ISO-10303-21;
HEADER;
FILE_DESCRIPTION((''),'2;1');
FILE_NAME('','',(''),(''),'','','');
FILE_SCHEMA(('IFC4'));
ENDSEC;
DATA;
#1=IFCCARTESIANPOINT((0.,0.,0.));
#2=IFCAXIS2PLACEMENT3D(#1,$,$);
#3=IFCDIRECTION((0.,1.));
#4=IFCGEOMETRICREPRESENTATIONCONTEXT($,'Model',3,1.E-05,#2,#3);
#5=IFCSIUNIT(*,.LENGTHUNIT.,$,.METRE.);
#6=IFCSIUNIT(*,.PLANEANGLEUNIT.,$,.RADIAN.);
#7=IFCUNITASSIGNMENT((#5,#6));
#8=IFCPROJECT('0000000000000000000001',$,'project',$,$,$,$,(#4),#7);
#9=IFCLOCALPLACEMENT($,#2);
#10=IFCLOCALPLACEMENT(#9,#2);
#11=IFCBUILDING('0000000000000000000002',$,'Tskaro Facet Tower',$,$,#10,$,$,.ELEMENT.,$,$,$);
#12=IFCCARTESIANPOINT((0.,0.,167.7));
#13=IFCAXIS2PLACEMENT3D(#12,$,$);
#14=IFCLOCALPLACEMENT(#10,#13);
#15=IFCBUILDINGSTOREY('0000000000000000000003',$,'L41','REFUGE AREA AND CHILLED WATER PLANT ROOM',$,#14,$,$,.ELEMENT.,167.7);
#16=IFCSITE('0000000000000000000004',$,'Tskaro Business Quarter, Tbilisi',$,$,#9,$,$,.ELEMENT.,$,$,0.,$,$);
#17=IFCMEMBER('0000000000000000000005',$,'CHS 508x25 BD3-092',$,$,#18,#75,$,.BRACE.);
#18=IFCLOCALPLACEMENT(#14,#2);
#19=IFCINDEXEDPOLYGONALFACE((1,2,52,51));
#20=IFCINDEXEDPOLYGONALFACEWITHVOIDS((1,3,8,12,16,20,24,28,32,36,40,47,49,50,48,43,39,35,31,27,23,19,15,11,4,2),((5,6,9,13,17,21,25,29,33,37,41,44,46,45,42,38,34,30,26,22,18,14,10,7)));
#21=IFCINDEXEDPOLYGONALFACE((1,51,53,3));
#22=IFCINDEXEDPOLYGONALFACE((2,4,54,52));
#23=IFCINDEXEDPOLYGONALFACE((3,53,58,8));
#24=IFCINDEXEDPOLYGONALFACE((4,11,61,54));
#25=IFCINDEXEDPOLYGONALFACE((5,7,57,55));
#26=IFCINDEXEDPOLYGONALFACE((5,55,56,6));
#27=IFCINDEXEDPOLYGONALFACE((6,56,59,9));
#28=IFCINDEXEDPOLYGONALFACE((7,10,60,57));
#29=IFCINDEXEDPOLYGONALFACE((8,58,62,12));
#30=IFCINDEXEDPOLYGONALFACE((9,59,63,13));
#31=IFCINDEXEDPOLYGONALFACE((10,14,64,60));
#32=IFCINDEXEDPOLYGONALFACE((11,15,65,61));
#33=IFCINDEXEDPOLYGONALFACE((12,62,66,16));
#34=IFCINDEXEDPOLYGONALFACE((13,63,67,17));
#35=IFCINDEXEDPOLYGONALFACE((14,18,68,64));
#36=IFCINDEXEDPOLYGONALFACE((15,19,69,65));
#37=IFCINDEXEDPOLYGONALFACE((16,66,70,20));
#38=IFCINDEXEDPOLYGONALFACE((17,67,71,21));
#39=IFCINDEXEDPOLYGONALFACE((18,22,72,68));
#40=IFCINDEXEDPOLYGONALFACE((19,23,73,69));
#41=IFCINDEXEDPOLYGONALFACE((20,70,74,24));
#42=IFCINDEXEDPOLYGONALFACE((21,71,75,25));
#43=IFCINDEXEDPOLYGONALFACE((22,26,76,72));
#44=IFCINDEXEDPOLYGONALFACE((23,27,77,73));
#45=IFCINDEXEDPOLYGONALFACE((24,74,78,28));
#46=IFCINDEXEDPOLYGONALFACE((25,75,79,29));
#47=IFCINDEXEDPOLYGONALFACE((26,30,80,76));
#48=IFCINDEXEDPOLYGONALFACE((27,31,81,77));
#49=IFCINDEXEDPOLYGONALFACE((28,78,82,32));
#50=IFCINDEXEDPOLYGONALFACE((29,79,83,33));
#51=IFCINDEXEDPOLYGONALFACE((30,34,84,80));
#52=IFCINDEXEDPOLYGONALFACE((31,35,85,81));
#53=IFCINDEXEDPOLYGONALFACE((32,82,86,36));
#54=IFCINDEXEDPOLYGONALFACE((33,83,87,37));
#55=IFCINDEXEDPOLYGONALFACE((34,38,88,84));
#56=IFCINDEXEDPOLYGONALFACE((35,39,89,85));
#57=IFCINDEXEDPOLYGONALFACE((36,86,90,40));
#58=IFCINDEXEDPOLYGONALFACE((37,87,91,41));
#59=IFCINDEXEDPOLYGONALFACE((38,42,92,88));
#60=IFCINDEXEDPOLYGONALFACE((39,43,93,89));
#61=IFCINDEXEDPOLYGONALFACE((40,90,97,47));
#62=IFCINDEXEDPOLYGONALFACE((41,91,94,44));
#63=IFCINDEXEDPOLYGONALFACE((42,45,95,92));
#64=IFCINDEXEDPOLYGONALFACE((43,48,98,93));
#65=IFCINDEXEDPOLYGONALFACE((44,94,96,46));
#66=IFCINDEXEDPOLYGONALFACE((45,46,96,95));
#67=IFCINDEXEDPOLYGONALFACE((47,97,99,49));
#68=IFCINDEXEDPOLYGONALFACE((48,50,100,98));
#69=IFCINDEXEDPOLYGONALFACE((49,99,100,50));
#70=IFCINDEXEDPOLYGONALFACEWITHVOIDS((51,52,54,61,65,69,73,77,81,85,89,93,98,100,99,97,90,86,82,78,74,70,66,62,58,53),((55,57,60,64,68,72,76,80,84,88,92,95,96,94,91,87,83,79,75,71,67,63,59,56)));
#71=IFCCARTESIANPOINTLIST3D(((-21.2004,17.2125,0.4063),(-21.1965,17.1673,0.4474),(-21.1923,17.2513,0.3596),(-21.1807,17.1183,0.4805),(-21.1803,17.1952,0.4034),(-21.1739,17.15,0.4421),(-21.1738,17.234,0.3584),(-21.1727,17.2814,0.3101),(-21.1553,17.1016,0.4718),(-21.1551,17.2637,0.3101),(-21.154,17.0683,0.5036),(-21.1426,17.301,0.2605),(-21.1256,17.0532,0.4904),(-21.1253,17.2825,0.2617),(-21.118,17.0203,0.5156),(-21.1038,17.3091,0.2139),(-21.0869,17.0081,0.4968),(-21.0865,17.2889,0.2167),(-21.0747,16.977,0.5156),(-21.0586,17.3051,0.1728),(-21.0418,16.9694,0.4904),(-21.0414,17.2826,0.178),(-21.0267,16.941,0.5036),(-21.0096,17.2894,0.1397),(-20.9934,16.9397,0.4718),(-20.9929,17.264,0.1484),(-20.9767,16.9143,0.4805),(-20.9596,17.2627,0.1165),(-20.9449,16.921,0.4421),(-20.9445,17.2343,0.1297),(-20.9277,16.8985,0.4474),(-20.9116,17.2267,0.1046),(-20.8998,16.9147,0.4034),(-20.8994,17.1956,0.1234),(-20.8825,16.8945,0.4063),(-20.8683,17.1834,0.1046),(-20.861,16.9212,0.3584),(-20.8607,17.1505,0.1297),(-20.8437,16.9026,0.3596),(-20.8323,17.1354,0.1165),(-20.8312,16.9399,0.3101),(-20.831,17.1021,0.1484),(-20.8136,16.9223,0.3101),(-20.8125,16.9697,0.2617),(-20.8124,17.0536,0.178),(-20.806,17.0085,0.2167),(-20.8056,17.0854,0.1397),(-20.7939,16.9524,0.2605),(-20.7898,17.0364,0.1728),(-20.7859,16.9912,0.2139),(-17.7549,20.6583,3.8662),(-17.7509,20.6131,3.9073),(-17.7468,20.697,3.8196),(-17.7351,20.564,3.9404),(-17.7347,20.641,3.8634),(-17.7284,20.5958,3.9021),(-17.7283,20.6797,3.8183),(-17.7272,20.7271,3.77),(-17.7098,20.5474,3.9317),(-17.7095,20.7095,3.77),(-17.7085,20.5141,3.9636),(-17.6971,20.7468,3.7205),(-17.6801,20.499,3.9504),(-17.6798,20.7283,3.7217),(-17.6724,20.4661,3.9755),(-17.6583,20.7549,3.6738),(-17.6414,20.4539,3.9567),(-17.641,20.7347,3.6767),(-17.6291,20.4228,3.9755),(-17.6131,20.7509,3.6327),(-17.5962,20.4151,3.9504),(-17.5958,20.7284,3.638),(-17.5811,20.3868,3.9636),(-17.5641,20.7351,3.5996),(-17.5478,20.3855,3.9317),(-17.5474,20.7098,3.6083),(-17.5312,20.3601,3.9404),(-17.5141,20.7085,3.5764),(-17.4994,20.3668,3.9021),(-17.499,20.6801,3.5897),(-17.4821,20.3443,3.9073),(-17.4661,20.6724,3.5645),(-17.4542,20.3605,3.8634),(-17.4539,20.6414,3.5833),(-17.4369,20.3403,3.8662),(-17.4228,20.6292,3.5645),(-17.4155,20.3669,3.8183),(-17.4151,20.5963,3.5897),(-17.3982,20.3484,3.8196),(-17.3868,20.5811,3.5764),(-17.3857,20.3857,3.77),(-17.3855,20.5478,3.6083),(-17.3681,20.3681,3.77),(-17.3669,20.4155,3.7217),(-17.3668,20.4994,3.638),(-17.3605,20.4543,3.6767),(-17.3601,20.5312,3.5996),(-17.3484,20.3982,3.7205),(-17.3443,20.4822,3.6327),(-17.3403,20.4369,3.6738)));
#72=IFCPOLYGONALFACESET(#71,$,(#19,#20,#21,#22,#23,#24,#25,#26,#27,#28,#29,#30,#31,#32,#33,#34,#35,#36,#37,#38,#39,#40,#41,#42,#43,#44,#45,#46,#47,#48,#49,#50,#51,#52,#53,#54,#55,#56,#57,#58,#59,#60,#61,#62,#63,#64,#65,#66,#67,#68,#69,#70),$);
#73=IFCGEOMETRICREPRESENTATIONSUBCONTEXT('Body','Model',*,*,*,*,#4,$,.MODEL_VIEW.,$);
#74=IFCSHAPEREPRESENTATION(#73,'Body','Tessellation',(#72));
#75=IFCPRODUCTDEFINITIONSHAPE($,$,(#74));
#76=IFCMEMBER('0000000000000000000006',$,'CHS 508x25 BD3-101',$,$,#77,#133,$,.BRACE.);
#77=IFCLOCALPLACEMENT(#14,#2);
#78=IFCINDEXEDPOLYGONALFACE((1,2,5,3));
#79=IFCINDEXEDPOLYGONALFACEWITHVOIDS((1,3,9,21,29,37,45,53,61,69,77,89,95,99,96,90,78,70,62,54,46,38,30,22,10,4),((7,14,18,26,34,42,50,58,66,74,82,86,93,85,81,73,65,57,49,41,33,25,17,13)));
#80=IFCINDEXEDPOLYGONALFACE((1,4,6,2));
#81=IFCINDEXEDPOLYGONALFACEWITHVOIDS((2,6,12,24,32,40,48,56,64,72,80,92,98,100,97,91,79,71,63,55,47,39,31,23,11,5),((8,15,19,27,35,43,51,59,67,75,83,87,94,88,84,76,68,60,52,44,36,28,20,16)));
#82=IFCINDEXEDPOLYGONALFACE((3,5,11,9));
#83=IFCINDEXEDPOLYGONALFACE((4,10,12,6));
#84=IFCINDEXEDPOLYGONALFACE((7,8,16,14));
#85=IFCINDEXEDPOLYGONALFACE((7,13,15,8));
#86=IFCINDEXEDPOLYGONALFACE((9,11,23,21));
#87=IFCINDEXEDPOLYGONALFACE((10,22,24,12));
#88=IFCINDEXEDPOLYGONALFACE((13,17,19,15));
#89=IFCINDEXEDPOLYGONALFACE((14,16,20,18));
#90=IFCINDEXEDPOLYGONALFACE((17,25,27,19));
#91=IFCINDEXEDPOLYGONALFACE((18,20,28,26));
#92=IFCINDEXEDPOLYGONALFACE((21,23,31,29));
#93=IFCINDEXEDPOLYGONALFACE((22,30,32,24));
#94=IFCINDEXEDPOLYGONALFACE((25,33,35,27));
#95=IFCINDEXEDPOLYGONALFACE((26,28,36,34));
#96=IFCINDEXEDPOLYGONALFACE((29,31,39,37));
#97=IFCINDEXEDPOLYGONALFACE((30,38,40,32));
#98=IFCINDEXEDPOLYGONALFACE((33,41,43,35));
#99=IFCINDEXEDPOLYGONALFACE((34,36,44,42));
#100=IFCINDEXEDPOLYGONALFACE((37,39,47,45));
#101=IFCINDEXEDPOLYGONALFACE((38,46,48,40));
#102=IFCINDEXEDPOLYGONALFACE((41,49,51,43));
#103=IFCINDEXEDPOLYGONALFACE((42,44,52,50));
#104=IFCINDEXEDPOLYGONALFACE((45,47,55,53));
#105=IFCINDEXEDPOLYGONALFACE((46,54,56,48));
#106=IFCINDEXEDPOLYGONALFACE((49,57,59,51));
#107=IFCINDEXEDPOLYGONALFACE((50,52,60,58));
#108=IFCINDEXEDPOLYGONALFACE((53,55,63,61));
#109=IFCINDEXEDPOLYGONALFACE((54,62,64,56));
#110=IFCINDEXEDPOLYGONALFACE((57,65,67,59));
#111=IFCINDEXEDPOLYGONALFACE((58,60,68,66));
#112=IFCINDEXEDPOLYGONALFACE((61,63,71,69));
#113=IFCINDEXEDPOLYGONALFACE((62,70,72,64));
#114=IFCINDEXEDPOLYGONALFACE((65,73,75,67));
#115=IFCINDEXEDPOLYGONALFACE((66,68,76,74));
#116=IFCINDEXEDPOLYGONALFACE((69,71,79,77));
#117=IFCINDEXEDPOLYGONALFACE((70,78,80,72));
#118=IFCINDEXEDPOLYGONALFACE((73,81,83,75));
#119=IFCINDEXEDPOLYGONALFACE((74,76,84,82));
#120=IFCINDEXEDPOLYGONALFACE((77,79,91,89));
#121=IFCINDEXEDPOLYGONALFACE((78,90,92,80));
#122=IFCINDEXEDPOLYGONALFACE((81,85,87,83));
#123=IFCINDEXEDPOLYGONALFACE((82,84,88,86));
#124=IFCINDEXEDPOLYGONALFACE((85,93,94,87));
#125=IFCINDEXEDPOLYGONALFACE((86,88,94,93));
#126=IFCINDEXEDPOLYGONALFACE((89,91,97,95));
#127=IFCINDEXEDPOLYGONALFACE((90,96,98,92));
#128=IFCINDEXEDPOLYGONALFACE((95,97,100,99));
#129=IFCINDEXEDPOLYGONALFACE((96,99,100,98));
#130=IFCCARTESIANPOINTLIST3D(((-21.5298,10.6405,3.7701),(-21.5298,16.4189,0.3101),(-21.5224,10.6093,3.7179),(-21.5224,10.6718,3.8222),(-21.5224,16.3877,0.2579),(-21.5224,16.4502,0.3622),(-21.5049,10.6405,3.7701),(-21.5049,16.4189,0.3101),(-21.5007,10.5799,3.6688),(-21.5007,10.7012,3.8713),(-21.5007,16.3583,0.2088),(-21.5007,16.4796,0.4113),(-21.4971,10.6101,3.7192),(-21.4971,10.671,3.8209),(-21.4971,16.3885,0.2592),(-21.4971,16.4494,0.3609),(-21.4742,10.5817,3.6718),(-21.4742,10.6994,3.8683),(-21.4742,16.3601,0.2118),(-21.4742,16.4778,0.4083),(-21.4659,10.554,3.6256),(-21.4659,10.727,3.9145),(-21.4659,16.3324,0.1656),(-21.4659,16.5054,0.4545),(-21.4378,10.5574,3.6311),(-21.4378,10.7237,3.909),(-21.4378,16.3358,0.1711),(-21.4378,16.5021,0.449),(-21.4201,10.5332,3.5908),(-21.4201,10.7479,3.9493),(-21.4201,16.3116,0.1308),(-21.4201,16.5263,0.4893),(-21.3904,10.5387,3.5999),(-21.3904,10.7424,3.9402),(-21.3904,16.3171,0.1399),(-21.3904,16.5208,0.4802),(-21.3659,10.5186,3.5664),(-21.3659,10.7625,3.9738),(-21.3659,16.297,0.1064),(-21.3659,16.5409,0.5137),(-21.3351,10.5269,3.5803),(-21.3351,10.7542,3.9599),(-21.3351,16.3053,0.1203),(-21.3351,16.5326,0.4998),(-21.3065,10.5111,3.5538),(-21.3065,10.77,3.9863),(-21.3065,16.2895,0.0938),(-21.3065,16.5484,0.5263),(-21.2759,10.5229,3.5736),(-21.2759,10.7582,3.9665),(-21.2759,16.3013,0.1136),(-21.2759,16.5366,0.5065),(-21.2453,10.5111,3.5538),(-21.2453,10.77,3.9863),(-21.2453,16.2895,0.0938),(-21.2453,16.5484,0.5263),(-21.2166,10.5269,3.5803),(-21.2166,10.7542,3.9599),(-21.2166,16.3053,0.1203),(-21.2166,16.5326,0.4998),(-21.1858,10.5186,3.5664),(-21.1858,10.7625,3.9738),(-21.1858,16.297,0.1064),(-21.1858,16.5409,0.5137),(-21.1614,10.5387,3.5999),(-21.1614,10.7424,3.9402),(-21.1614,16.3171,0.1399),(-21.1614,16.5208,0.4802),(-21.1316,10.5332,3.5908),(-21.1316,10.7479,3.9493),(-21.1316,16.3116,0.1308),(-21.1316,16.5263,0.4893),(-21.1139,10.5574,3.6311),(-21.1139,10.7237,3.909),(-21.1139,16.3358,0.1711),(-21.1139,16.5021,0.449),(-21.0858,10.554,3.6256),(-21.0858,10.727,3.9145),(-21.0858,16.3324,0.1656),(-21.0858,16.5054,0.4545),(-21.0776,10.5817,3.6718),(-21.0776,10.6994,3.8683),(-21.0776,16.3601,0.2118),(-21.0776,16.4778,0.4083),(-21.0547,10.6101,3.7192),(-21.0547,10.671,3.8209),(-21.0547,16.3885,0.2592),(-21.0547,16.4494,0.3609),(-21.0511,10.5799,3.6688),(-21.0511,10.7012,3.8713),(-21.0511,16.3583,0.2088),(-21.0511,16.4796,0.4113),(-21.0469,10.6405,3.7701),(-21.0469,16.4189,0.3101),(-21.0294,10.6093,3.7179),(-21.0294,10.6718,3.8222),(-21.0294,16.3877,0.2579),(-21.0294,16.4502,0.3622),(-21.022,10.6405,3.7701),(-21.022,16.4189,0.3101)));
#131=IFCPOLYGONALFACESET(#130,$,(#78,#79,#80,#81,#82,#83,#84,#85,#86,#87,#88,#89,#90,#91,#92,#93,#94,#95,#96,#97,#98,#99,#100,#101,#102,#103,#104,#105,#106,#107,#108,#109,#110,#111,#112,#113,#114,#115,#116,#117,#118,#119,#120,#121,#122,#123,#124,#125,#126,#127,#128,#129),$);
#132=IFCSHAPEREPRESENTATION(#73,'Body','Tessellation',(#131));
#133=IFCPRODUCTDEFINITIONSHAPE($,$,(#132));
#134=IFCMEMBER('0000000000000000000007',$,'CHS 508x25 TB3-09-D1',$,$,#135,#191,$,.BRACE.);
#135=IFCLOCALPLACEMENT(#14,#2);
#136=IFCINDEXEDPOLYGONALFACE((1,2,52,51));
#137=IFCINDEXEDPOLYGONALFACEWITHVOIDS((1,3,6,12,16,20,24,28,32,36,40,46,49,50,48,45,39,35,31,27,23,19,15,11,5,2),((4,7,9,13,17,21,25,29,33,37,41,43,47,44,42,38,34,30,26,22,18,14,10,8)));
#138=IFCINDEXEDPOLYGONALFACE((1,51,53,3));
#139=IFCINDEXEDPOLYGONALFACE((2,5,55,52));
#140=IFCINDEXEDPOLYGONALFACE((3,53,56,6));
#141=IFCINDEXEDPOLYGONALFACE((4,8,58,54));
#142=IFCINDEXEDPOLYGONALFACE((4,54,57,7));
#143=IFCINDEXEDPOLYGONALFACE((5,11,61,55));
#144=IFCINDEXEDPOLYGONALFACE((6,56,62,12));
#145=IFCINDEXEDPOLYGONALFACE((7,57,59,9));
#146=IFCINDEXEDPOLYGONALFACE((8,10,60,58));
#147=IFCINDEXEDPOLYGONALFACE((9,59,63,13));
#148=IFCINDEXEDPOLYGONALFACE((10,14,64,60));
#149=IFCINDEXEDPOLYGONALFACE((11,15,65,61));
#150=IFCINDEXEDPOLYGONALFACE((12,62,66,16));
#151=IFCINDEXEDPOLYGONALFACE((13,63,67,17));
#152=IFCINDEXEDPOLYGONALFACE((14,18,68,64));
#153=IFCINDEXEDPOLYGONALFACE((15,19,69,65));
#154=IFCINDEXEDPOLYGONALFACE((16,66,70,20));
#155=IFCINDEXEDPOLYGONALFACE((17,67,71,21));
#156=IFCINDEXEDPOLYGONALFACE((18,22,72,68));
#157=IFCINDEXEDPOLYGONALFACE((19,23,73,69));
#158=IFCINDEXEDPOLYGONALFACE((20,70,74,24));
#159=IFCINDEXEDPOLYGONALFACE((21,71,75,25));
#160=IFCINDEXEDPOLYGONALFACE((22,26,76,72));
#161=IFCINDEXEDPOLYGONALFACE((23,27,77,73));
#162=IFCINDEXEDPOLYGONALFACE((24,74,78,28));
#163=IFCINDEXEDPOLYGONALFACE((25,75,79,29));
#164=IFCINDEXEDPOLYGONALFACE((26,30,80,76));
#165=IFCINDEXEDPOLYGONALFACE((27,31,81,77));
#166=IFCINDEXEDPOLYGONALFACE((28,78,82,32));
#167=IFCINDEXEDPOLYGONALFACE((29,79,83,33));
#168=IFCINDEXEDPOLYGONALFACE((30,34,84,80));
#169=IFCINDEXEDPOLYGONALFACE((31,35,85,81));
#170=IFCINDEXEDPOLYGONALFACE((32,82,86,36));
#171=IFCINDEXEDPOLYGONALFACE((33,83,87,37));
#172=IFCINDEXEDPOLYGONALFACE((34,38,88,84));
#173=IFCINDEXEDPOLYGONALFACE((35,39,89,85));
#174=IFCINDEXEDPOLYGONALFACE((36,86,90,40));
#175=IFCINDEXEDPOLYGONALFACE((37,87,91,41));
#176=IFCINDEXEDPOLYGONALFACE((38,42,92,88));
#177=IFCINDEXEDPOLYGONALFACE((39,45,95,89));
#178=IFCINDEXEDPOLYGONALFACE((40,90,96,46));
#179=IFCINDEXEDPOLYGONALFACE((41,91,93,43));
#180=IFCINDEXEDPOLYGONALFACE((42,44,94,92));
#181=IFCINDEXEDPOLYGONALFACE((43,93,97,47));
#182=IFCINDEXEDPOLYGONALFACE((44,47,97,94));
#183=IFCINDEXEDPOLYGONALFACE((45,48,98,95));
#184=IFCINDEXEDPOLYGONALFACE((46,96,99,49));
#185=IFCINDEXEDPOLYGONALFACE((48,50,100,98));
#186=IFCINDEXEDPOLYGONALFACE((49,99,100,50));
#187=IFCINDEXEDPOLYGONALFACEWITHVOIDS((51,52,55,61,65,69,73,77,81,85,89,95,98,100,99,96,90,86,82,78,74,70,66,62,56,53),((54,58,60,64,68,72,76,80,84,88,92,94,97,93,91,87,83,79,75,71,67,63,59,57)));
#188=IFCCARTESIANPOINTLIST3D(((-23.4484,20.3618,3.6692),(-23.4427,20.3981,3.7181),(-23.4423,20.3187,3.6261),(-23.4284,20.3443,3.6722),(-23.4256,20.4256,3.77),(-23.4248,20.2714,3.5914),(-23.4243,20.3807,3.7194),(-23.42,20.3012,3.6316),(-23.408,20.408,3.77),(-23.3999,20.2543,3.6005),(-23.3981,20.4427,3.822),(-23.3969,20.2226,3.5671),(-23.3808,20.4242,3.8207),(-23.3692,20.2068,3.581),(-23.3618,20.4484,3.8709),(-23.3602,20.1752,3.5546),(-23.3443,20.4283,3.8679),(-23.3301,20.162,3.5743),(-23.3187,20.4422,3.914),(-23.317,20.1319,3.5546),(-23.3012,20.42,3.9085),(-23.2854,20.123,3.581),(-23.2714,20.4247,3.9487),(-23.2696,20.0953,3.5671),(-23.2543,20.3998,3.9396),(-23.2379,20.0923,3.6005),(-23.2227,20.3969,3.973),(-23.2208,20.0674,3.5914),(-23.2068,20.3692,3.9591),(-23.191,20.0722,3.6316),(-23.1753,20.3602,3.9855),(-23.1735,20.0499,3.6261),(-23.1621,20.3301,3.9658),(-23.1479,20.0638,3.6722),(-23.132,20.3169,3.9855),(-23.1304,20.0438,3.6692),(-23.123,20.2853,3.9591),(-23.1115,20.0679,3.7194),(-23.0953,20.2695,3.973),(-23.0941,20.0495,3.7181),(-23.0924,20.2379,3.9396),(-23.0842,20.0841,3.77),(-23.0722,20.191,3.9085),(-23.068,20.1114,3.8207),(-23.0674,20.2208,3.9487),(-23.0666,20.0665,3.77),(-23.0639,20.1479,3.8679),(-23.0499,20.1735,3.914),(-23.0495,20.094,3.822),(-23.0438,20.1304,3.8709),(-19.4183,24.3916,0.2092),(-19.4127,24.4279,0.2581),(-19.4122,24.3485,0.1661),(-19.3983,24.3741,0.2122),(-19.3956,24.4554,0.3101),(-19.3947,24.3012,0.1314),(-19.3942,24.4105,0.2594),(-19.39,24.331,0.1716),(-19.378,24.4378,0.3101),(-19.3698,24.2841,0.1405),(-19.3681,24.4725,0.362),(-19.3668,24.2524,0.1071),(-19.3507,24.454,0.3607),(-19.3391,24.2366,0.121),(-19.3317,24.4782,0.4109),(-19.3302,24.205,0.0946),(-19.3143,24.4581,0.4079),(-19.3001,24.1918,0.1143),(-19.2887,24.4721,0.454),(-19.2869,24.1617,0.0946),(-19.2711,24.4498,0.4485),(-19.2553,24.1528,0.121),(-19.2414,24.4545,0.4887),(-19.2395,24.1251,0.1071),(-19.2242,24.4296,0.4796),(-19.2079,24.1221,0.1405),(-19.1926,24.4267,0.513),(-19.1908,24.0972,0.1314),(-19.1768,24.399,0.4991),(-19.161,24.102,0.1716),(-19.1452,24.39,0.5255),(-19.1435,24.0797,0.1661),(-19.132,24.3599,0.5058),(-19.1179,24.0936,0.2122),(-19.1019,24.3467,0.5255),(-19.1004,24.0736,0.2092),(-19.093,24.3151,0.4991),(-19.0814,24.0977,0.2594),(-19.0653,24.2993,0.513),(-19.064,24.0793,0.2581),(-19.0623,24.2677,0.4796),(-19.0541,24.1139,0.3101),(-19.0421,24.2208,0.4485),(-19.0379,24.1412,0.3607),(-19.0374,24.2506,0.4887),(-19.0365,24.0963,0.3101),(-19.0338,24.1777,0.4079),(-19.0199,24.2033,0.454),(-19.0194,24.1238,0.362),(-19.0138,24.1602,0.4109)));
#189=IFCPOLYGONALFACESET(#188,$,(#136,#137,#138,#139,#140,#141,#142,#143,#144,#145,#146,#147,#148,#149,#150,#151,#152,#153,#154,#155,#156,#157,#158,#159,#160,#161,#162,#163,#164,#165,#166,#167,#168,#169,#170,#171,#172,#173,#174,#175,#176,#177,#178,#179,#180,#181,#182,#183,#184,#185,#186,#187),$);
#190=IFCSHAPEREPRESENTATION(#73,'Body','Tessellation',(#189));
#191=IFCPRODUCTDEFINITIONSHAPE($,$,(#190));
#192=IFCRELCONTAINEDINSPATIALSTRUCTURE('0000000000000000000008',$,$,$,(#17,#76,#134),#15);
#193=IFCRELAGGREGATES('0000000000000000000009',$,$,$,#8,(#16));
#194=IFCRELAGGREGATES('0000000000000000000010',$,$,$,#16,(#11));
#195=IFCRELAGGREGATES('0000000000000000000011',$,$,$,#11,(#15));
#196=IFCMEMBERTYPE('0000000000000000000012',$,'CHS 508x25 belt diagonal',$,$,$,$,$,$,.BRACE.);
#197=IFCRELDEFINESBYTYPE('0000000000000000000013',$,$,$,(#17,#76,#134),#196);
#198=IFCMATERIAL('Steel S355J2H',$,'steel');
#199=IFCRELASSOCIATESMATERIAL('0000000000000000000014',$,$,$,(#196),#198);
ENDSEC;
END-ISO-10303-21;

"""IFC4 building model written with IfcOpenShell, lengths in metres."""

from ifc_helpers import new_model, si_unit, direction, frame, origin, origin_2d, place, context, subcontext, project, spatial, hollow_circle, extrude, material, material_profile, profile_set, type_object, element, save


model = new_model("IFC4")

# Units and contexts
model_context = context("Model", 3, precision=1e-05, world=origin(), true_north=direction((0.0, 1.0)))
body_context = subcontext(model_context, "Body", "Model", "MODEL_VIEW")
ifc_project = project(units=[si_unit("LENGTHUNIT", "METRE"), si_unit("PLANEANGLEUNIT", "RADIAN")], contexts=[model_context])

# Site, building, storey
site_placement = place(None, origin())
site = spatial("IfcSite", under=ifc_project, at=site_placement, Name="Tskaro Business Quarter, Tbilisi", CompositionType="ELEMENT", RefElevation=0.0)
building_placement = place(site_placement, origin())
building = spatial("IfcBuilding", under=site, at=building_placement, Name="Tskaro Facet Tower", CompositionType="ELEMENT")
storey_placement = place(building_placement, frame((0.0, 0.0, 167.7)))
storey = spatial("IfcBuildingStorey", under=building, at=storey_placement, Name="L41", Description="REFUGE AREA AND CHILLED WATER PLANT ROOM", CompositionType="ELEMENT", Elevation=167.7)

# Shared definitions
ifc_material_1 = material(Name="Steel S355J2H", Category="steel")

# Members
ifc_material_profile_1 = material_profile(ifc_material_1, hollow_circle(Radius=0.2539, WallThickness=0.0249, at=origin_2d()), Name="CHS 508x25")
ifc_profile_set_1 = profile_set([ifc_material_profile_1], Name="Steel S355J2H")
member_type_1 = type_object("IfcMemberType", Name="CHS 508x25 belt diagonal", PredefinedType="BRACE", material=ifc_profile_set_1)
member_1_placement = place(storey_placement, frame((-17.5476, 20.5476, 3.77), z_axis=(-0.576532, -0.576573, -0.578942), x_axis=(0.707132, -0.707082, 0.0)))
element("IfcMember", 1, at=member_1_placement, inside=storey, type_object=member_type_1, Name="CHS 508x25 BD3-092", PredefinedType="BRACE", context=body_context, shape_type="SweptSolid", body=[
    extrude(hollow_circle(Radius=0.2539, WallThickness=0.0249, at=origin_2d()), origin(), (0.0, 0.0, 1.0), 5.9763),
])
member_2_placement = place(storey_placement, frame((-21.2759, 16.4189, 0.3101), z_axis=(0.0, -0.857953, 0.513728), x_axis=(1.0, 0.0, 0.0)))
element("IfcMember", 2, at=member_2_placement, inside=storey, type_object=member_type_1, Name="CHS 508x25 BD3-101", PredefinedType="BRACE", context=body_context, shape_type="SweptSolid", body=[
    extrude(hollow_circle(Radius=0.2539, WallThickness=0.0249, at=origin_2d()), origin(), (0.0, 0.0, 1.0), 6.7351),
])
for number, where, z_axis, x_axis, name in (
    (3, (-19.2161, 24.2759, 0.3101), (-0.604456, -0.604419, 0.518952), (0.707085, -0.707128, 0.0), "CHS 508x25 TB3-09-D1"),
):
    element("IfcMember", number, at=place(storey_placement, frame(where, z_axis=z_axis, x_axis=x_axis)), inside=storey, type_object=member_type_1, Name=name, PredefinedType="BRACE", context=body_context, shape_type="SweptSolid", body=[
        extrude(hollow_circle(Radius=0.2539, WallThickness=0.0249, at=origin_2d()), origin(), (0.0, 0.0, 1.0), 6.6672),
    ])

save(model, "model.ifc")
